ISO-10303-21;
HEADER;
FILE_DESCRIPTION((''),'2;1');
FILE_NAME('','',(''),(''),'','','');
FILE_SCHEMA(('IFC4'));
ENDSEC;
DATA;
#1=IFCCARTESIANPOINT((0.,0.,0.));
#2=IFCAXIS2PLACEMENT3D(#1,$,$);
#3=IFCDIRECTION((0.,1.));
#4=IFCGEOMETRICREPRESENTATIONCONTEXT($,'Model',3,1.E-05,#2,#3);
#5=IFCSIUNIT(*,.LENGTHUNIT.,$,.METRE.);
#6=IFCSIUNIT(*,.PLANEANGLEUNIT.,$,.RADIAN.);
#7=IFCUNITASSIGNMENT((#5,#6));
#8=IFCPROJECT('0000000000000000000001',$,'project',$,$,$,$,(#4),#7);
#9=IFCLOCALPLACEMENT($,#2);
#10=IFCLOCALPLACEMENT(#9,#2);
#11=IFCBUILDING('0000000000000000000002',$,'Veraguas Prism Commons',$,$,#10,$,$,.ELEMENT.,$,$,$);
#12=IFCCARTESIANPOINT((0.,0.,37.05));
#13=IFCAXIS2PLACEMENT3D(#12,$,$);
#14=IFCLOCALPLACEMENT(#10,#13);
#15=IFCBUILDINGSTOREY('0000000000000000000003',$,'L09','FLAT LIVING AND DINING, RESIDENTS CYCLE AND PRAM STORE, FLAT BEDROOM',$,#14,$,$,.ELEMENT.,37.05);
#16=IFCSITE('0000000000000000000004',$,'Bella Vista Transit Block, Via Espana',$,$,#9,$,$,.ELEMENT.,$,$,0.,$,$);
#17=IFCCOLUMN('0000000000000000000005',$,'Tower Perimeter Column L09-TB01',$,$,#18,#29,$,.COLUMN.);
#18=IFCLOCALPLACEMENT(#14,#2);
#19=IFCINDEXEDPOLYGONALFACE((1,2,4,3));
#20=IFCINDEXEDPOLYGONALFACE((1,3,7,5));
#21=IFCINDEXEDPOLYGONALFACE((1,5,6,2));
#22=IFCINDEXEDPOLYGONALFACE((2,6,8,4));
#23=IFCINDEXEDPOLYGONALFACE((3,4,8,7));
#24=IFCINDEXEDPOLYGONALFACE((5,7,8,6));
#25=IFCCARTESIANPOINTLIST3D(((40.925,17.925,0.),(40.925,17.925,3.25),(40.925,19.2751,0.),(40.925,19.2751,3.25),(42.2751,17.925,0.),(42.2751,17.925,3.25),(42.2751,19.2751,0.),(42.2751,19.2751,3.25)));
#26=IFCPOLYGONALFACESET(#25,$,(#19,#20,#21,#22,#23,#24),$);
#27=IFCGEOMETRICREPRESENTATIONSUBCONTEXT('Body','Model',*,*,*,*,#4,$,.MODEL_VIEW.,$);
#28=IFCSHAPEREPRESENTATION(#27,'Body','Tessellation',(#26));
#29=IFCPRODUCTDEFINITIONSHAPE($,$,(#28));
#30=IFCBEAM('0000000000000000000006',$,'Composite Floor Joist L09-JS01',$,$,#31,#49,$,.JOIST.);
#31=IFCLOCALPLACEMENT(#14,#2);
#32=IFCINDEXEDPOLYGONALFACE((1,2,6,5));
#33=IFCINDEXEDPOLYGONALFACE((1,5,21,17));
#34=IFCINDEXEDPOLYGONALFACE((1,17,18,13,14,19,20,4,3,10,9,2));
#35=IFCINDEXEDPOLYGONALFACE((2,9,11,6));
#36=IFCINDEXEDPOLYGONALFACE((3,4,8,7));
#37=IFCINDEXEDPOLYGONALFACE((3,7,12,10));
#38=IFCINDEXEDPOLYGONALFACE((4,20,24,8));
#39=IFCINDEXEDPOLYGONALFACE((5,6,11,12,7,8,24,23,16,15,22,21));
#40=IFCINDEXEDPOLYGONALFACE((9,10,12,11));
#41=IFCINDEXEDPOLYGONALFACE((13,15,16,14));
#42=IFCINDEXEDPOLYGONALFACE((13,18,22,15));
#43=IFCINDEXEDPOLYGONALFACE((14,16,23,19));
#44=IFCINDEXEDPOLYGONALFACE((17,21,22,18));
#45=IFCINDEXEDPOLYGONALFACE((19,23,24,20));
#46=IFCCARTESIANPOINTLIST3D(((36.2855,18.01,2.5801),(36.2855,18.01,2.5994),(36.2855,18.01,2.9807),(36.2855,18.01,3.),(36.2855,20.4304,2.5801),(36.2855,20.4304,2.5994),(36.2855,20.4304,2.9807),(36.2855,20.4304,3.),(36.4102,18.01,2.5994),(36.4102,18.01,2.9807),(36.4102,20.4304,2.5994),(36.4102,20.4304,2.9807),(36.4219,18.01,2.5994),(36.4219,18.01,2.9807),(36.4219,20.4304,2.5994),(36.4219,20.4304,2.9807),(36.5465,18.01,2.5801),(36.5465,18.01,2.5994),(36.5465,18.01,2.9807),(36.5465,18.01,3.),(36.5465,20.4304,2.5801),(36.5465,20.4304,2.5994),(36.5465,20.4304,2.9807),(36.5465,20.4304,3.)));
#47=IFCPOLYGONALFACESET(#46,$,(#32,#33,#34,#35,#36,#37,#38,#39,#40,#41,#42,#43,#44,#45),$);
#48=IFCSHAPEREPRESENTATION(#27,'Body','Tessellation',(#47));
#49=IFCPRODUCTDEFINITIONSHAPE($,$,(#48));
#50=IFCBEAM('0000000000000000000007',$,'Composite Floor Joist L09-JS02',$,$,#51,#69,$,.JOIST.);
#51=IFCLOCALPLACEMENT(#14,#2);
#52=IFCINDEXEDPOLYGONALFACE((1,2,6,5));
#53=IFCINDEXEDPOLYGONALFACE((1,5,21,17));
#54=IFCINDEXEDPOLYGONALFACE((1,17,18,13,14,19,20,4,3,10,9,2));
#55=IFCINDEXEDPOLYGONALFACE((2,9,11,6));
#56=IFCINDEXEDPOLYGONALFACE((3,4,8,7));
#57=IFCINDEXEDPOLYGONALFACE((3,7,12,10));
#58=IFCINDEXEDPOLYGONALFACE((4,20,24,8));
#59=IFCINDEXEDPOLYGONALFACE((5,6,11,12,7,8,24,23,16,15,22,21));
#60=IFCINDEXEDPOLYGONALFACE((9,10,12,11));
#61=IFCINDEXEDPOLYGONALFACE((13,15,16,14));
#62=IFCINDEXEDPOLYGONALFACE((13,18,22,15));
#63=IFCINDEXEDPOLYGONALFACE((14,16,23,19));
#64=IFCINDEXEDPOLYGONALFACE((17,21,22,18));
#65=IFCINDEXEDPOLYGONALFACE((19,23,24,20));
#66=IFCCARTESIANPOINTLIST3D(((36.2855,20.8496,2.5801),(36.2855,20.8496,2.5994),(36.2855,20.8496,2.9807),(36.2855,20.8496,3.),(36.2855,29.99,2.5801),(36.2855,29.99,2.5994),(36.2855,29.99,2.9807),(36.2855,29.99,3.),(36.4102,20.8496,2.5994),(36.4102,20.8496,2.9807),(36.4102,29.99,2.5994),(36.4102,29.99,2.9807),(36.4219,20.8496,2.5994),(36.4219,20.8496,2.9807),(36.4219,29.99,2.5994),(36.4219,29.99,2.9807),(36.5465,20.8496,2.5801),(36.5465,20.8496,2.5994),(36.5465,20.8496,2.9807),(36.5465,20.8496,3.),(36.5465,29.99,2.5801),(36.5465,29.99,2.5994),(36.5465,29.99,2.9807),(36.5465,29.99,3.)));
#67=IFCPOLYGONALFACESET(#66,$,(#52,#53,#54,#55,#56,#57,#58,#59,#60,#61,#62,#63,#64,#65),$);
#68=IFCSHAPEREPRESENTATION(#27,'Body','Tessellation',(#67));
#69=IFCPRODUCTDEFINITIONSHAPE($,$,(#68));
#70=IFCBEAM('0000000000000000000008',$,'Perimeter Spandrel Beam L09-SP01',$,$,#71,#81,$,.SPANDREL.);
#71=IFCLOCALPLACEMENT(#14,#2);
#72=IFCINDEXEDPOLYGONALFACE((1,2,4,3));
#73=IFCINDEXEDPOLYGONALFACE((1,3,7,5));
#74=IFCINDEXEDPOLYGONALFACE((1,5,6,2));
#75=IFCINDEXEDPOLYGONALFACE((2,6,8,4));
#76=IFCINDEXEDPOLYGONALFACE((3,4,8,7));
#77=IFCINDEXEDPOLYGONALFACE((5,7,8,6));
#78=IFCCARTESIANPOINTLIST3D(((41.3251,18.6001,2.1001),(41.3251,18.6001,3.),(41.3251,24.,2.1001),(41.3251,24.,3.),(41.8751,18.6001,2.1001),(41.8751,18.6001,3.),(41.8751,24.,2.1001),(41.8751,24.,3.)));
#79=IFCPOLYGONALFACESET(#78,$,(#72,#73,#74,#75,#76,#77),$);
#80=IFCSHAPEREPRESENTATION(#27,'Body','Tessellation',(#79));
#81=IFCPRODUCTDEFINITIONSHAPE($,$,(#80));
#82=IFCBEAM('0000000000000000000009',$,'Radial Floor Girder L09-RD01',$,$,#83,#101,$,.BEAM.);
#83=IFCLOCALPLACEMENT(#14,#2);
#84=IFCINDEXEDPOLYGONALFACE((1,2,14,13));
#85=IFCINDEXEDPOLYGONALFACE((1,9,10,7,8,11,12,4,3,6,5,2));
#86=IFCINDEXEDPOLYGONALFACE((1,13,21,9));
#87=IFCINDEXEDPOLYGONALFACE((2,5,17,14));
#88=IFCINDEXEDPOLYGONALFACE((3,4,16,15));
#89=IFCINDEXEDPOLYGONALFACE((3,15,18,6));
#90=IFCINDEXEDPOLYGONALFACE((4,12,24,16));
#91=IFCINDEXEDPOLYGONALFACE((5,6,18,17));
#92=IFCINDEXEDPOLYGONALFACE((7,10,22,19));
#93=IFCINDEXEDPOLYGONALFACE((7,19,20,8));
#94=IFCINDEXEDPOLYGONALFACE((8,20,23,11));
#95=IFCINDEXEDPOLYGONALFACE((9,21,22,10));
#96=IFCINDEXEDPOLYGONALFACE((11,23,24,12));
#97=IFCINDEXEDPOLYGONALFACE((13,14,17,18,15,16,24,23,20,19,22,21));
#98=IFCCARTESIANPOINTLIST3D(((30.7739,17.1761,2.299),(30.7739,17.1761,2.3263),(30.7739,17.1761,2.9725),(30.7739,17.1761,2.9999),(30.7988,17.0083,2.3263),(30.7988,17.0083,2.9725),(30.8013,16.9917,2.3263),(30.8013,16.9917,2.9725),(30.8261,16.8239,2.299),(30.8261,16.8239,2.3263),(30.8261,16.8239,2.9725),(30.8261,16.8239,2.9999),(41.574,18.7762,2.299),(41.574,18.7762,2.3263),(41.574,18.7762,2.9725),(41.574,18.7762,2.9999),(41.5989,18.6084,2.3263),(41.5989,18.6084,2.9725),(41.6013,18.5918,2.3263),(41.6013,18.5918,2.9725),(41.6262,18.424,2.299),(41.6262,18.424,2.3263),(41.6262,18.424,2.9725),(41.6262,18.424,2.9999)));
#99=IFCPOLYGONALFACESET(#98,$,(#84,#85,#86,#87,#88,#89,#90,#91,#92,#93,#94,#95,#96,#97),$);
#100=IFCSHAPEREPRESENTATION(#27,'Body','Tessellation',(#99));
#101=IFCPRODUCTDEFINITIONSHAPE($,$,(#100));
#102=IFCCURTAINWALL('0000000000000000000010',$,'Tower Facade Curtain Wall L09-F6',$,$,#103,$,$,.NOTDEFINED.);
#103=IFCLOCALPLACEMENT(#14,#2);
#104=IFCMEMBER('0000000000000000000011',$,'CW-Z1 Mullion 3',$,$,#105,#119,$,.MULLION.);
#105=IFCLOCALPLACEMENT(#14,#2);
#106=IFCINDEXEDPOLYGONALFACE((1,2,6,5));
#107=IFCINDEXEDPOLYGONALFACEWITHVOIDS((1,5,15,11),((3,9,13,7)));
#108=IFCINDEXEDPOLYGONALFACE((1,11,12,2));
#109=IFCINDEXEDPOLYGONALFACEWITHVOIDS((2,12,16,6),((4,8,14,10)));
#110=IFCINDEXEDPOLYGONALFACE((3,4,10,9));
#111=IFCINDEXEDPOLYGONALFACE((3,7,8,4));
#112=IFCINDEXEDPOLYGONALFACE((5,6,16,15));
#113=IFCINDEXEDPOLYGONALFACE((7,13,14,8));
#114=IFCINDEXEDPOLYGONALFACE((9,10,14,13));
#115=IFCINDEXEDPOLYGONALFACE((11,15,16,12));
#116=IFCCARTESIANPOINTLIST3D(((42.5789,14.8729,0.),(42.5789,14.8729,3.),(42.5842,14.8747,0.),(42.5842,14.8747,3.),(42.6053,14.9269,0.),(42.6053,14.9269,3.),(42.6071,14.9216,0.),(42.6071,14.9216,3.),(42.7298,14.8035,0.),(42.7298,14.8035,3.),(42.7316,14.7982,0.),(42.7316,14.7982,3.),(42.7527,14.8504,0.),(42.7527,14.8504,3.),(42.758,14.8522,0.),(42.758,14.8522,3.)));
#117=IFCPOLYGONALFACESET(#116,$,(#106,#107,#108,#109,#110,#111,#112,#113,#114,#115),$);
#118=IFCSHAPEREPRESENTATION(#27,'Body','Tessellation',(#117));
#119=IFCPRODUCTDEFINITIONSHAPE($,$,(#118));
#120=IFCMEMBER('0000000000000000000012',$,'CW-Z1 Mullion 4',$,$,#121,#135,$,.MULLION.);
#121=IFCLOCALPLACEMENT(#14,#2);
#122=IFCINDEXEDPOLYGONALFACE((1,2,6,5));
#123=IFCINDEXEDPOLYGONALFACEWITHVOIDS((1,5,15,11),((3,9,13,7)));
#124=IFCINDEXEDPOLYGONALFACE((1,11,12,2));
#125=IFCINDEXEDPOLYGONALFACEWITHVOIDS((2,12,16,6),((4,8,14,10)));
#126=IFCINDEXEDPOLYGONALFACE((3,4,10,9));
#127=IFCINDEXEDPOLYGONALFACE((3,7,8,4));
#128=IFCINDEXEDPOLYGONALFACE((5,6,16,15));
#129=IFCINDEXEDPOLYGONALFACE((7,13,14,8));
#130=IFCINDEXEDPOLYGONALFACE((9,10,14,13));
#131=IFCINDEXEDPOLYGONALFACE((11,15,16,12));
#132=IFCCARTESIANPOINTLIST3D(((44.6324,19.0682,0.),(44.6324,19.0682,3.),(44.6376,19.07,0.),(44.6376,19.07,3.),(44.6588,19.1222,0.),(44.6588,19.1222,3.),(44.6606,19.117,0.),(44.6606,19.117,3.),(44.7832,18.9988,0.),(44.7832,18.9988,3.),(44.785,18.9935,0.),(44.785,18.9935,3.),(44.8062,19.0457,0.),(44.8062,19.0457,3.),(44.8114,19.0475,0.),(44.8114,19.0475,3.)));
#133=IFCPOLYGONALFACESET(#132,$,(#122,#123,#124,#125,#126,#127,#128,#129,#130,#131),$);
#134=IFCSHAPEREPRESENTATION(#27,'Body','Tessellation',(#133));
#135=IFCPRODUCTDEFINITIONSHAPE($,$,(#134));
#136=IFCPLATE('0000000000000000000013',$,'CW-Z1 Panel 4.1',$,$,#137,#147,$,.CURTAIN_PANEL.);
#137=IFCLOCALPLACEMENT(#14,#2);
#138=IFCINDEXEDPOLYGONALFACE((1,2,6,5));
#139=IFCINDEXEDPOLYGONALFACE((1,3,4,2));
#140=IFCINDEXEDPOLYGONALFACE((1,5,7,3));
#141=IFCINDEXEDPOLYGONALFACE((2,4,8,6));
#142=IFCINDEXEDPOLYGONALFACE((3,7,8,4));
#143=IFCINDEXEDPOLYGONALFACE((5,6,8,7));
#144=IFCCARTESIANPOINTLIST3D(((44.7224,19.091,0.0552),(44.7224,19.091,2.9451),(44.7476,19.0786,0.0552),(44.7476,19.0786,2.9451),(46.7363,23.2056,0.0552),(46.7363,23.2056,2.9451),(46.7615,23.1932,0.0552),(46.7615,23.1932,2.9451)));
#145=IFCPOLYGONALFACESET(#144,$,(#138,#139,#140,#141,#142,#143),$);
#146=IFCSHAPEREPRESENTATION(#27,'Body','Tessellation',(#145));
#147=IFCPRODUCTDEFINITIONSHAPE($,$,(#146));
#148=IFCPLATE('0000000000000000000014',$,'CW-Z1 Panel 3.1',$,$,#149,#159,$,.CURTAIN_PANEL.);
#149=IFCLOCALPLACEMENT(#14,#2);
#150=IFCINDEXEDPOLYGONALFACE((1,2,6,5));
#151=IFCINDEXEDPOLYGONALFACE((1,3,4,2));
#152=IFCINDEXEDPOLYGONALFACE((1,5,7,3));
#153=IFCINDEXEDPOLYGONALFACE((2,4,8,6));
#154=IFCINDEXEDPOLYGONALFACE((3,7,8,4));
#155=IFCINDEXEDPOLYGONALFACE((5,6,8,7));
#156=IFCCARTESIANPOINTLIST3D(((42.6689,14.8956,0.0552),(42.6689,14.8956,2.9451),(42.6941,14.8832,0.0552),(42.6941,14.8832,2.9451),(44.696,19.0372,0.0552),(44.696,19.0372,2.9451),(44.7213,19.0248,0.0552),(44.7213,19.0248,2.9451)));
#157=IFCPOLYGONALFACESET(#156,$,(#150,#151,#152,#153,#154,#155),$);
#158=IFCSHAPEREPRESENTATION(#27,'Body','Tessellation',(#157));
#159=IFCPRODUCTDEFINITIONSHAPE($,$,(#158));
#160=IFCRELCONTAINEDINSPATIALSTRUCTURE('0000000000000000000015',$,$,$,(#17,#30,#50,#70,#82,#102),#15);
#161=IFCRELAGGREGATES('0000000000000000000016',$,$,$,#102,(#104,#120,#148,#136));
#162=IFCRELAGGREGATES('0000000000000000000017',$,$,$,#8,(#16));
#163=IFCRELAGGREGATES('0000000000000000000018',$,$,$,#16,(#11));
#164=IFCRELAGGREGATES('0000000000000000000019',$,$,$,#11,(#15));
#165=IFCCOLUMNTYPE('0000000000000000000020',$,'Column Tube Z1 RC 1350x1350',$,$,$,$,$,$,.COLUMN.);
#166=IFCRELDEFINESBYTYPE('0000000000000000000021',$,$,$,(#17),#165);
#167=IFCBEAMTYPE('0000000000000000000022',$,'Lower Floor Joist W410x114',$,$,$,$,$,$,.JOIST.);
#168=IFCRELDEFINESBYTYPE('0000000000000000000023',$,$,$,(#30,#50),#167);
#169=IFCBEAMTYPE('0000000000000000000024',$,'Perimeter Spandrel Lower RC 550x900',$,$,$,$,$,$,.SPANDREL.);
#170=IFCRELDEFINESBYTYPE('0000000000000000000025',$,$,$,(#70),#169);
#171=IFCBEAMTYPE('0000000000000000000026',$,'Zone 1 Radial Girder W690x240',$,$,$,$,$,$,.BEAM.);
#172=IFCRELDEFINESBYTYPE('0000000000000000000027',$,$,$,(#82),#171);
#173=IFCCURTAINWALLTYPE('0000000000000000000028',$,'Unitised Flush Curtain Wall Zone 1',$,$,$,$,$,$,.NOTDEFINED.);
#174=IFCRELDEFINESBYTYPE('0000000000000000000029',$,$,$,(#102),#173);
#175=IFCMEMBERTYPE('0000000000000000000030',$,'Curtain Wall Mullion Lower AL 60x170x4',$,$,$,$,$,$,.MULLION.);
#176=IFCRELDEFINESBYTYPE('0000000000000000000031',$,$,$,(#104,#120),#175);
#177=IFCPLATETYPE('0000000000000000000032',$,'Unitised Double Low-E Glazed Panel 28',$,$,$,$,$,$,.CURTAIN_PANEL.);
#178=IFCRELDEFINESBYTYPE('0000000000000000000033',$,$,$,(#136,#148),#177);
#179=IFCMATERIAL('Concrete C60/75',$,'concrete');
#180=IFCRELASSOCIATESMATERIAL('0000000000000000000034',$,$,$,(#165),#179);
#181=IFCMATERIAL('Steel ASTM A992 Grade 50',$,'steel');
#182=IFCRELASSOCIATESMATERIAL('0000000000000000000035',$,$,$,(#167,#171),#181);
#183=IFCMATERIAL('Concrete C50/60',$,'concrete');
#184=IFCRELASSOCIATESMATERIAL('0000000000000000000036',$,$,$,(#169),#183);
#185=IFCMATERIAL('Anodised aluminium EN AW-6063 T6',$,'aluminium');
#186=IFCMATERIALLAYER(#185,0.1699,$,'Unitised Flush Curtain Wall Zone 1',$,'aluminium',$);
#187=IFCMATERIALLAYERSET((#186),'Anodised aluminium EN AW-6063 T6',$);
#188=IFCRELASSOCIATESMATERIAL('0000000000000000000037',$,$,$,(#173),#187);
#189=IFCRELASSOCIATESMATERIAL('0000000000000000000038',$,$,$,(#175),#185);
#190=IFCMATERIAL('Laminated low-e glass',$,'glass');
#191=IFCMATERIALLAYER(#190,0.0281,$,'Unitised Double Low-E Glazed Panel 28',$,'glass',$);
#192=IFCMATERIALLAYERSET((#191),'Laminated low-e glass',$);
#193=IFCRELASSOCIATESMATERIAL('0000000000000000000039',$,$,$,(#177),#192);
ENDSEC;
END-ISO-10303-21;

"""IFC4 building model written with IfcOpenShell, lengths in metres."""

from ifc_helpers import new_model, si_unit, direction, frame, origin, origin_2d, place, context, subcontext, project, spatial, rectangle, hollow_rectangle, i_section, extrude, source, transform, mapped, material, layer, layer_set, material_profile, profile_set, type_object, element, aggregate, save


model = new_model("IFC4")

# Units and contexts
model_context = context("Model", 3, precision=1e-05, world=origin(), true_north=direction((0.0, 1.0)))
body_context = subcontext(model_context, "Body", "Model", "MODEL_VIEW")
ifc_project = project(units=[si_unit("LENGTHUNIT", "METRE"), si_unit("PLANEANGLEUNIT", "RADIAN")], contexts=[model_context])

# Site, building, storey
site_placement = place(None, origin())
site = spatial("IfcSite", under=ifc_project, at=site_placement, Name="Bella Vista Transit Block, Via Espana", CompositionType="ELEMENT", RefElevation=0.0)
building_placement = place(site_placement, origin())
building = spatial("IfcBuilding", under=site, at=building_placement, Name="Veraguas Prism Commons", CompositionType="ELEMENT")
storey_placement = place(building_placement, frame((0.0, 0.0, 37.05)))
storey = spatial("IfcBuildingStorey", under=building, at=storey_placement, Name="L09", Description="FLAT LIVING AND DINING, RESIDENTS CYCLE AND PRAM STORE, FLAT BEDROOM", CompositionType="ELEMENT", Elevation=37.05)

# Column
ifc_material_1 = material(Name="Concrete C60/75", Category="concrete")
ifc_material_profile_1 = material_profile(ifc_material_1, rectangle(XDim=1.3501, YDim=1.3501, at=origin_2d()), Name="RC1350X1350")
ifc_profile_set_1 = profile_set([ifc_material_profile_1], Name="Concrete C60/75")
column_type = type_object("IfcColumnType", Name="Column Tube Z1 RC 1350x1350", PredefinedType="COLUMN", material=ifc_profile_set_1)
column_placement = place(storey_placement, frame((41.6001, 18.6001, 0.0), z_axis=(0.0, 0.0, 1.0), x_axis=(1.0, 0.0, 0.0)))
element("IfcColumn", 1, at=column_placement, inside=storey, type_object=column_type, Name="Tower Perimeter Column L09-TB01", PredefinedType="COLUMN", context=body_context, shape_type="SweptSolid", body=[
    extrude(rectangle(XDim=1.3501, YDim=1.3501, at=origin_2d()), origin(), (0.0, 0.0, 1.0), 3.25),
])

# Beams
ifc_material_2 = material(Name="Steel ASTM A992 Grade 50", Category="steel")
ifc_material_profile_2 = material_profile(ifc_material_2, i_section(OverallWidth=0.261, OverallDepth=0.4199, WebThickness=0.0117, FlangeThickness=0.0193, at=origin_2d()), Name="W410X114")
ifc_profile_set_2 = profile_set([ifc_material_profile_2], Name="Steel ASTM A992 Grade 50")
beam_type_1 = type_object("IfcBeamType", Name="Lower Floor Joist W410x114", PredefinedType="JOIST", material=ifc_profile_set_2)
beam_1_placement = place(storey_placement, frame((36.416, 18.01, 2.79), z_axis=(0.0, 1.0, 0.0), x_axis=(-1.0, 0.0, 0.0)))
element("IfcBeam", 2, at=beam_1_placement, inside=storey, type_object=beam_type_1, Name="Composite Floor Joist L09-JS01", PredefinedType="JOIST", context=body_context, shape_type="SweptSolid", body=[
    extrude(i_section(OverallWidth=0.261, OverallDepth=0.4199, WebThickness=0.0117, FlangeThickness=0.0193, at=origin_2d()), origin(), (0.0, 0.0, 1.0), 2.4204),
])
beam_2_placement = place(storey_placement, frame((36.416, 20.8496, 2.79), z_axis=(0.0, 1.0, 0.0), x_axis=(-1.0, 0.0, 0.0)))
element("IfcBeam", 3, at=beam_2_placement, inside=storey, type_object=beam_type_1, Name="Composite Floor Joist L09-JS02", PredefinedType="JOIST", context=body_context, shape_type="SweptSolid", body=[
    extrude(i_section(OverallWidth=0.261, OverallDepth=0.4199, WebThickness=0.0117, FlangeThickness=0.0193, at=origin_2d()), origin(), (0.0, 0.0, 1.0), 9.1404),
])
ifc_material_3 = material(Name="Concrete C50/60", Category="concrete")
ifc_material_profile_3 = material_profile(ifc_material_3, rectangle(XDim=0.55, YDim=0.8999, at=origin_2d()), Name="RC550X900")
ifc_profile_set_3 = profile_set([ifc_material_profile_3], Name="Concrete C50/60")
beam_type_2 = type_object("IfcBeamType", Name="Perimeter Spandrel Lower RC 550x900", PredefinedType="SPANDREL", material=ifc_profile_set_3)
beam_3_placement = place(storey_placement, frame((41.6001, 18.6001, 2.55), z_axis=(0.0, 1.0, 0.0), x_axis=(-1.0, 0.0, 0.0)))
element("IfcBeam", 4, at=beam_3_placement, inside=storey, type_object=beam_type_2, Name="Perimeter Spandrel Beam L09-SP01", PredefinedType="SPANDREL", context=body_context, shape_type="SweptSolid", body=[
    extrude(rectangle(XDim=0.55, YDim=0.8999, at=origin_2d()), origin(), (0.0, 0.0, 1.0), 5.3999),
])
ifc_material_profile_4 = material_profile(ifc_material_2, i_section(OverallWidth=0.356, OverallDepth=0.7009, WebThickness=0.0168, FlangeThickness=0.0273, at=origin_2d()), Name="W690X240")
ifc_profile_set_4 = profile_set([ifc_material_profile_4], Name="Steel ASTM A992 Grade 50")
beam_type_3 = type_object("IfcBeamType", Name="Zone 1 Radial Girder W690x240", PredefinedType="BEAM", material=ifc_profile_set_4)
beam_4_placement = place(storey_placement, frame((41.6001, 18.6001, 2.6494), z_axis=(-0.989202, -0.146557, 0.0), x_axis=(0.146557, -0.989202, 0.0)))
element("IfcBeam", 5, at=beam_4_placement, inside=storey, type_object=beam_type_3, Name="Radial Floor Girder L09-RD01", PredefinedType="BEAM", context=body_context, shape_type="SweptSolid", body=[
    extrude(i_section(OverallWidth=0.356, OverallDepth=0.7009, WebThickness=0.0168, FlangeThickness=0.0273, at=origin_2d()), origin(), (0.0, 0.0, 1.0), 10.918),
])

# Curtain wall, members, plates
ifc_material_4 = material(Name="Anodised aluminium EN AW-6063 T6", Category="aluminium")
ifc_layer_1 = layer(ifc_material_4, 0.1699, Name="Unitised Flush Curtain Wall Zone 1", Category="aluminium")
ifc_layer_set_1 = layer_set([ifc_layer_1], Name="Anodised aluminium EN AW-6063 T6")
curtain_wall_type = type_object("IfcCurtainWallType", Name="Unitised Flush Curtain Wall Zone 1", PredefinedType="NOTDEFINED", material=ifc_layer_set_1)
curtain_wall_placement = place(storey_placement, origin())
curtain_wall = element("IfcCurtainWall", 6, at=curtain_wall_placement, inside=storey, type_object=curtain_wall_type, Name="Tower Facade Curtain Wall L09-F6", PredefinedType="NOTDEFINED")
ifc_material_profile_5 = material_profile(ifc_material_4, hollow_rectangle(XDim=0.0601, YDim=0.1699, WallThickness=0.0039, at=origin_2d()), Name="AL60X170X4")
ifc_profile_set_5 = profile_set([ifc_material_profile_5], Name="Anodised aluminium EN AW-6063 T6")
member_type = type_object("IfcMemberType", Name="Curtain Wall Mullion Lower AL 60x170x4", PredefinedType="MULLION", material=ifc_profile_set_5)
shared_shape_1 = source(origin(), body_context, "Body", "SweptSolid", [
    extrude(hollow_rectangle(XDim=0.0601, YDim=0.1699, WallThickness=0.0039, at=origin_2d()), origin(), (0.0, 0.0, 1.0), 3.0),
])
member_1_placement = place(storey_placement, frame((42.6685, 14.8625, 0.0), z_axis=(0.0, 0.0, 1.0), x_axis=(0.439626, 0.898181, 0.0)))
member_1 = element("IfcMember", 7, at=member_1_placement, type_object=member_type, Name="CW-Z1 Mullion 3", PredefinedType="MULLION", context=body_context, shape_type="MappedRepresentation", body=[
    mapped(shared_shape_1, transform((0.0, 0.0, 0.0), scale=1.0)),
])
member_2_placement = place(storey_placement, frame((44.7219, 19.0579, 0.0), z_axis=(0.0, 0.0, 1.0), x_axis=(0.439626, 0.898181, 0.0)))
member_2 = element("IfcMember", 8, at=member_2_placement, type_object=member_type, Name="CW-Z1 Mullion 4", PredefinedType="MULLION", context=body_context, shape_type="MappedRepresentation", body=[
    mapped(shared_shape_1, transform((0.0, 0.0, 0.0), scale=1.0)),
])
ifc_material_5 = material(Name="Laminated low-e glass", Category="glass")
ifc_layer_2 = layer(ifc_material_5, 0.0281, Name="Unitised Double Low-E Glazed Panel 28", Category="glass")
ifc_layer_set_2 = layer_set([ifc_layer_2], Name="Laminated low-e glass")
plate_type = type_object("IfcPlateType", Name="Unitised Double Low-E Glazed Panel 28", PredefinedType="CURTAIN_PANEL", material=ifc_layer_set_2)
shared_shape_2 = source(origin(), body_context, "Body", "SweptSolid", [
    extrude(rectangle(XDim=4.5811, YDim=0.0281, at=origin_2d()), origin(), (0.0, 0.0, 1.0), 2.8899),
])
plate_1_placement = place(storey_placement, frame((45.7419, 21.1421, 0.0552), z_axis=(0.0, 0.0, 1.0), x_axis=(0.439626, 0.898181, 0.0)))
plate_1 = element("IfcPlate", 9, at=plate_1_placement, type_object=plate_type, Name="CW-Z1 Panel 4.1", PredefinedType="CURTAIN_PANEL", context=body_context, shape_type="MappedRepresentation", body=[
    mapped(shared_shape_2, transform((0.0, 0.0, 0.0), scale=1.0)),
])
shared_shape_3 = source(origin(), body_context, "Body", "SweptSolid", [
    extrude(rectangle(XDim=4.6111, YDim=0.0281, at=origin_2d()), origin(), (0.0, 0.0, 1.0), 2.8899),
])
plate_2_placement = place(storey_placement, frame((43.6951, 16.9602, 0.0552), z_axis=(0.0, 0.0, 1.0), x_axis=(0.439626, 0.898181, 0.0)))
plate_2 = element("IfcPlate", 10, at=plate_2_placement, type_object=plate_type, Name="CW-Z1 Panel 3.1", PredefinedType="CURTAIN_PANEL", context=body_context, shape_type="MappedRepresentation", body=[
    mapped(shared_shape_3, transform((0.0, 0.0, 0.0), scale=1.0)),
])
aggregate(curtain_wall, [member_1, member_2, plate_2, plate_1])

save(model, "model.ifc")
